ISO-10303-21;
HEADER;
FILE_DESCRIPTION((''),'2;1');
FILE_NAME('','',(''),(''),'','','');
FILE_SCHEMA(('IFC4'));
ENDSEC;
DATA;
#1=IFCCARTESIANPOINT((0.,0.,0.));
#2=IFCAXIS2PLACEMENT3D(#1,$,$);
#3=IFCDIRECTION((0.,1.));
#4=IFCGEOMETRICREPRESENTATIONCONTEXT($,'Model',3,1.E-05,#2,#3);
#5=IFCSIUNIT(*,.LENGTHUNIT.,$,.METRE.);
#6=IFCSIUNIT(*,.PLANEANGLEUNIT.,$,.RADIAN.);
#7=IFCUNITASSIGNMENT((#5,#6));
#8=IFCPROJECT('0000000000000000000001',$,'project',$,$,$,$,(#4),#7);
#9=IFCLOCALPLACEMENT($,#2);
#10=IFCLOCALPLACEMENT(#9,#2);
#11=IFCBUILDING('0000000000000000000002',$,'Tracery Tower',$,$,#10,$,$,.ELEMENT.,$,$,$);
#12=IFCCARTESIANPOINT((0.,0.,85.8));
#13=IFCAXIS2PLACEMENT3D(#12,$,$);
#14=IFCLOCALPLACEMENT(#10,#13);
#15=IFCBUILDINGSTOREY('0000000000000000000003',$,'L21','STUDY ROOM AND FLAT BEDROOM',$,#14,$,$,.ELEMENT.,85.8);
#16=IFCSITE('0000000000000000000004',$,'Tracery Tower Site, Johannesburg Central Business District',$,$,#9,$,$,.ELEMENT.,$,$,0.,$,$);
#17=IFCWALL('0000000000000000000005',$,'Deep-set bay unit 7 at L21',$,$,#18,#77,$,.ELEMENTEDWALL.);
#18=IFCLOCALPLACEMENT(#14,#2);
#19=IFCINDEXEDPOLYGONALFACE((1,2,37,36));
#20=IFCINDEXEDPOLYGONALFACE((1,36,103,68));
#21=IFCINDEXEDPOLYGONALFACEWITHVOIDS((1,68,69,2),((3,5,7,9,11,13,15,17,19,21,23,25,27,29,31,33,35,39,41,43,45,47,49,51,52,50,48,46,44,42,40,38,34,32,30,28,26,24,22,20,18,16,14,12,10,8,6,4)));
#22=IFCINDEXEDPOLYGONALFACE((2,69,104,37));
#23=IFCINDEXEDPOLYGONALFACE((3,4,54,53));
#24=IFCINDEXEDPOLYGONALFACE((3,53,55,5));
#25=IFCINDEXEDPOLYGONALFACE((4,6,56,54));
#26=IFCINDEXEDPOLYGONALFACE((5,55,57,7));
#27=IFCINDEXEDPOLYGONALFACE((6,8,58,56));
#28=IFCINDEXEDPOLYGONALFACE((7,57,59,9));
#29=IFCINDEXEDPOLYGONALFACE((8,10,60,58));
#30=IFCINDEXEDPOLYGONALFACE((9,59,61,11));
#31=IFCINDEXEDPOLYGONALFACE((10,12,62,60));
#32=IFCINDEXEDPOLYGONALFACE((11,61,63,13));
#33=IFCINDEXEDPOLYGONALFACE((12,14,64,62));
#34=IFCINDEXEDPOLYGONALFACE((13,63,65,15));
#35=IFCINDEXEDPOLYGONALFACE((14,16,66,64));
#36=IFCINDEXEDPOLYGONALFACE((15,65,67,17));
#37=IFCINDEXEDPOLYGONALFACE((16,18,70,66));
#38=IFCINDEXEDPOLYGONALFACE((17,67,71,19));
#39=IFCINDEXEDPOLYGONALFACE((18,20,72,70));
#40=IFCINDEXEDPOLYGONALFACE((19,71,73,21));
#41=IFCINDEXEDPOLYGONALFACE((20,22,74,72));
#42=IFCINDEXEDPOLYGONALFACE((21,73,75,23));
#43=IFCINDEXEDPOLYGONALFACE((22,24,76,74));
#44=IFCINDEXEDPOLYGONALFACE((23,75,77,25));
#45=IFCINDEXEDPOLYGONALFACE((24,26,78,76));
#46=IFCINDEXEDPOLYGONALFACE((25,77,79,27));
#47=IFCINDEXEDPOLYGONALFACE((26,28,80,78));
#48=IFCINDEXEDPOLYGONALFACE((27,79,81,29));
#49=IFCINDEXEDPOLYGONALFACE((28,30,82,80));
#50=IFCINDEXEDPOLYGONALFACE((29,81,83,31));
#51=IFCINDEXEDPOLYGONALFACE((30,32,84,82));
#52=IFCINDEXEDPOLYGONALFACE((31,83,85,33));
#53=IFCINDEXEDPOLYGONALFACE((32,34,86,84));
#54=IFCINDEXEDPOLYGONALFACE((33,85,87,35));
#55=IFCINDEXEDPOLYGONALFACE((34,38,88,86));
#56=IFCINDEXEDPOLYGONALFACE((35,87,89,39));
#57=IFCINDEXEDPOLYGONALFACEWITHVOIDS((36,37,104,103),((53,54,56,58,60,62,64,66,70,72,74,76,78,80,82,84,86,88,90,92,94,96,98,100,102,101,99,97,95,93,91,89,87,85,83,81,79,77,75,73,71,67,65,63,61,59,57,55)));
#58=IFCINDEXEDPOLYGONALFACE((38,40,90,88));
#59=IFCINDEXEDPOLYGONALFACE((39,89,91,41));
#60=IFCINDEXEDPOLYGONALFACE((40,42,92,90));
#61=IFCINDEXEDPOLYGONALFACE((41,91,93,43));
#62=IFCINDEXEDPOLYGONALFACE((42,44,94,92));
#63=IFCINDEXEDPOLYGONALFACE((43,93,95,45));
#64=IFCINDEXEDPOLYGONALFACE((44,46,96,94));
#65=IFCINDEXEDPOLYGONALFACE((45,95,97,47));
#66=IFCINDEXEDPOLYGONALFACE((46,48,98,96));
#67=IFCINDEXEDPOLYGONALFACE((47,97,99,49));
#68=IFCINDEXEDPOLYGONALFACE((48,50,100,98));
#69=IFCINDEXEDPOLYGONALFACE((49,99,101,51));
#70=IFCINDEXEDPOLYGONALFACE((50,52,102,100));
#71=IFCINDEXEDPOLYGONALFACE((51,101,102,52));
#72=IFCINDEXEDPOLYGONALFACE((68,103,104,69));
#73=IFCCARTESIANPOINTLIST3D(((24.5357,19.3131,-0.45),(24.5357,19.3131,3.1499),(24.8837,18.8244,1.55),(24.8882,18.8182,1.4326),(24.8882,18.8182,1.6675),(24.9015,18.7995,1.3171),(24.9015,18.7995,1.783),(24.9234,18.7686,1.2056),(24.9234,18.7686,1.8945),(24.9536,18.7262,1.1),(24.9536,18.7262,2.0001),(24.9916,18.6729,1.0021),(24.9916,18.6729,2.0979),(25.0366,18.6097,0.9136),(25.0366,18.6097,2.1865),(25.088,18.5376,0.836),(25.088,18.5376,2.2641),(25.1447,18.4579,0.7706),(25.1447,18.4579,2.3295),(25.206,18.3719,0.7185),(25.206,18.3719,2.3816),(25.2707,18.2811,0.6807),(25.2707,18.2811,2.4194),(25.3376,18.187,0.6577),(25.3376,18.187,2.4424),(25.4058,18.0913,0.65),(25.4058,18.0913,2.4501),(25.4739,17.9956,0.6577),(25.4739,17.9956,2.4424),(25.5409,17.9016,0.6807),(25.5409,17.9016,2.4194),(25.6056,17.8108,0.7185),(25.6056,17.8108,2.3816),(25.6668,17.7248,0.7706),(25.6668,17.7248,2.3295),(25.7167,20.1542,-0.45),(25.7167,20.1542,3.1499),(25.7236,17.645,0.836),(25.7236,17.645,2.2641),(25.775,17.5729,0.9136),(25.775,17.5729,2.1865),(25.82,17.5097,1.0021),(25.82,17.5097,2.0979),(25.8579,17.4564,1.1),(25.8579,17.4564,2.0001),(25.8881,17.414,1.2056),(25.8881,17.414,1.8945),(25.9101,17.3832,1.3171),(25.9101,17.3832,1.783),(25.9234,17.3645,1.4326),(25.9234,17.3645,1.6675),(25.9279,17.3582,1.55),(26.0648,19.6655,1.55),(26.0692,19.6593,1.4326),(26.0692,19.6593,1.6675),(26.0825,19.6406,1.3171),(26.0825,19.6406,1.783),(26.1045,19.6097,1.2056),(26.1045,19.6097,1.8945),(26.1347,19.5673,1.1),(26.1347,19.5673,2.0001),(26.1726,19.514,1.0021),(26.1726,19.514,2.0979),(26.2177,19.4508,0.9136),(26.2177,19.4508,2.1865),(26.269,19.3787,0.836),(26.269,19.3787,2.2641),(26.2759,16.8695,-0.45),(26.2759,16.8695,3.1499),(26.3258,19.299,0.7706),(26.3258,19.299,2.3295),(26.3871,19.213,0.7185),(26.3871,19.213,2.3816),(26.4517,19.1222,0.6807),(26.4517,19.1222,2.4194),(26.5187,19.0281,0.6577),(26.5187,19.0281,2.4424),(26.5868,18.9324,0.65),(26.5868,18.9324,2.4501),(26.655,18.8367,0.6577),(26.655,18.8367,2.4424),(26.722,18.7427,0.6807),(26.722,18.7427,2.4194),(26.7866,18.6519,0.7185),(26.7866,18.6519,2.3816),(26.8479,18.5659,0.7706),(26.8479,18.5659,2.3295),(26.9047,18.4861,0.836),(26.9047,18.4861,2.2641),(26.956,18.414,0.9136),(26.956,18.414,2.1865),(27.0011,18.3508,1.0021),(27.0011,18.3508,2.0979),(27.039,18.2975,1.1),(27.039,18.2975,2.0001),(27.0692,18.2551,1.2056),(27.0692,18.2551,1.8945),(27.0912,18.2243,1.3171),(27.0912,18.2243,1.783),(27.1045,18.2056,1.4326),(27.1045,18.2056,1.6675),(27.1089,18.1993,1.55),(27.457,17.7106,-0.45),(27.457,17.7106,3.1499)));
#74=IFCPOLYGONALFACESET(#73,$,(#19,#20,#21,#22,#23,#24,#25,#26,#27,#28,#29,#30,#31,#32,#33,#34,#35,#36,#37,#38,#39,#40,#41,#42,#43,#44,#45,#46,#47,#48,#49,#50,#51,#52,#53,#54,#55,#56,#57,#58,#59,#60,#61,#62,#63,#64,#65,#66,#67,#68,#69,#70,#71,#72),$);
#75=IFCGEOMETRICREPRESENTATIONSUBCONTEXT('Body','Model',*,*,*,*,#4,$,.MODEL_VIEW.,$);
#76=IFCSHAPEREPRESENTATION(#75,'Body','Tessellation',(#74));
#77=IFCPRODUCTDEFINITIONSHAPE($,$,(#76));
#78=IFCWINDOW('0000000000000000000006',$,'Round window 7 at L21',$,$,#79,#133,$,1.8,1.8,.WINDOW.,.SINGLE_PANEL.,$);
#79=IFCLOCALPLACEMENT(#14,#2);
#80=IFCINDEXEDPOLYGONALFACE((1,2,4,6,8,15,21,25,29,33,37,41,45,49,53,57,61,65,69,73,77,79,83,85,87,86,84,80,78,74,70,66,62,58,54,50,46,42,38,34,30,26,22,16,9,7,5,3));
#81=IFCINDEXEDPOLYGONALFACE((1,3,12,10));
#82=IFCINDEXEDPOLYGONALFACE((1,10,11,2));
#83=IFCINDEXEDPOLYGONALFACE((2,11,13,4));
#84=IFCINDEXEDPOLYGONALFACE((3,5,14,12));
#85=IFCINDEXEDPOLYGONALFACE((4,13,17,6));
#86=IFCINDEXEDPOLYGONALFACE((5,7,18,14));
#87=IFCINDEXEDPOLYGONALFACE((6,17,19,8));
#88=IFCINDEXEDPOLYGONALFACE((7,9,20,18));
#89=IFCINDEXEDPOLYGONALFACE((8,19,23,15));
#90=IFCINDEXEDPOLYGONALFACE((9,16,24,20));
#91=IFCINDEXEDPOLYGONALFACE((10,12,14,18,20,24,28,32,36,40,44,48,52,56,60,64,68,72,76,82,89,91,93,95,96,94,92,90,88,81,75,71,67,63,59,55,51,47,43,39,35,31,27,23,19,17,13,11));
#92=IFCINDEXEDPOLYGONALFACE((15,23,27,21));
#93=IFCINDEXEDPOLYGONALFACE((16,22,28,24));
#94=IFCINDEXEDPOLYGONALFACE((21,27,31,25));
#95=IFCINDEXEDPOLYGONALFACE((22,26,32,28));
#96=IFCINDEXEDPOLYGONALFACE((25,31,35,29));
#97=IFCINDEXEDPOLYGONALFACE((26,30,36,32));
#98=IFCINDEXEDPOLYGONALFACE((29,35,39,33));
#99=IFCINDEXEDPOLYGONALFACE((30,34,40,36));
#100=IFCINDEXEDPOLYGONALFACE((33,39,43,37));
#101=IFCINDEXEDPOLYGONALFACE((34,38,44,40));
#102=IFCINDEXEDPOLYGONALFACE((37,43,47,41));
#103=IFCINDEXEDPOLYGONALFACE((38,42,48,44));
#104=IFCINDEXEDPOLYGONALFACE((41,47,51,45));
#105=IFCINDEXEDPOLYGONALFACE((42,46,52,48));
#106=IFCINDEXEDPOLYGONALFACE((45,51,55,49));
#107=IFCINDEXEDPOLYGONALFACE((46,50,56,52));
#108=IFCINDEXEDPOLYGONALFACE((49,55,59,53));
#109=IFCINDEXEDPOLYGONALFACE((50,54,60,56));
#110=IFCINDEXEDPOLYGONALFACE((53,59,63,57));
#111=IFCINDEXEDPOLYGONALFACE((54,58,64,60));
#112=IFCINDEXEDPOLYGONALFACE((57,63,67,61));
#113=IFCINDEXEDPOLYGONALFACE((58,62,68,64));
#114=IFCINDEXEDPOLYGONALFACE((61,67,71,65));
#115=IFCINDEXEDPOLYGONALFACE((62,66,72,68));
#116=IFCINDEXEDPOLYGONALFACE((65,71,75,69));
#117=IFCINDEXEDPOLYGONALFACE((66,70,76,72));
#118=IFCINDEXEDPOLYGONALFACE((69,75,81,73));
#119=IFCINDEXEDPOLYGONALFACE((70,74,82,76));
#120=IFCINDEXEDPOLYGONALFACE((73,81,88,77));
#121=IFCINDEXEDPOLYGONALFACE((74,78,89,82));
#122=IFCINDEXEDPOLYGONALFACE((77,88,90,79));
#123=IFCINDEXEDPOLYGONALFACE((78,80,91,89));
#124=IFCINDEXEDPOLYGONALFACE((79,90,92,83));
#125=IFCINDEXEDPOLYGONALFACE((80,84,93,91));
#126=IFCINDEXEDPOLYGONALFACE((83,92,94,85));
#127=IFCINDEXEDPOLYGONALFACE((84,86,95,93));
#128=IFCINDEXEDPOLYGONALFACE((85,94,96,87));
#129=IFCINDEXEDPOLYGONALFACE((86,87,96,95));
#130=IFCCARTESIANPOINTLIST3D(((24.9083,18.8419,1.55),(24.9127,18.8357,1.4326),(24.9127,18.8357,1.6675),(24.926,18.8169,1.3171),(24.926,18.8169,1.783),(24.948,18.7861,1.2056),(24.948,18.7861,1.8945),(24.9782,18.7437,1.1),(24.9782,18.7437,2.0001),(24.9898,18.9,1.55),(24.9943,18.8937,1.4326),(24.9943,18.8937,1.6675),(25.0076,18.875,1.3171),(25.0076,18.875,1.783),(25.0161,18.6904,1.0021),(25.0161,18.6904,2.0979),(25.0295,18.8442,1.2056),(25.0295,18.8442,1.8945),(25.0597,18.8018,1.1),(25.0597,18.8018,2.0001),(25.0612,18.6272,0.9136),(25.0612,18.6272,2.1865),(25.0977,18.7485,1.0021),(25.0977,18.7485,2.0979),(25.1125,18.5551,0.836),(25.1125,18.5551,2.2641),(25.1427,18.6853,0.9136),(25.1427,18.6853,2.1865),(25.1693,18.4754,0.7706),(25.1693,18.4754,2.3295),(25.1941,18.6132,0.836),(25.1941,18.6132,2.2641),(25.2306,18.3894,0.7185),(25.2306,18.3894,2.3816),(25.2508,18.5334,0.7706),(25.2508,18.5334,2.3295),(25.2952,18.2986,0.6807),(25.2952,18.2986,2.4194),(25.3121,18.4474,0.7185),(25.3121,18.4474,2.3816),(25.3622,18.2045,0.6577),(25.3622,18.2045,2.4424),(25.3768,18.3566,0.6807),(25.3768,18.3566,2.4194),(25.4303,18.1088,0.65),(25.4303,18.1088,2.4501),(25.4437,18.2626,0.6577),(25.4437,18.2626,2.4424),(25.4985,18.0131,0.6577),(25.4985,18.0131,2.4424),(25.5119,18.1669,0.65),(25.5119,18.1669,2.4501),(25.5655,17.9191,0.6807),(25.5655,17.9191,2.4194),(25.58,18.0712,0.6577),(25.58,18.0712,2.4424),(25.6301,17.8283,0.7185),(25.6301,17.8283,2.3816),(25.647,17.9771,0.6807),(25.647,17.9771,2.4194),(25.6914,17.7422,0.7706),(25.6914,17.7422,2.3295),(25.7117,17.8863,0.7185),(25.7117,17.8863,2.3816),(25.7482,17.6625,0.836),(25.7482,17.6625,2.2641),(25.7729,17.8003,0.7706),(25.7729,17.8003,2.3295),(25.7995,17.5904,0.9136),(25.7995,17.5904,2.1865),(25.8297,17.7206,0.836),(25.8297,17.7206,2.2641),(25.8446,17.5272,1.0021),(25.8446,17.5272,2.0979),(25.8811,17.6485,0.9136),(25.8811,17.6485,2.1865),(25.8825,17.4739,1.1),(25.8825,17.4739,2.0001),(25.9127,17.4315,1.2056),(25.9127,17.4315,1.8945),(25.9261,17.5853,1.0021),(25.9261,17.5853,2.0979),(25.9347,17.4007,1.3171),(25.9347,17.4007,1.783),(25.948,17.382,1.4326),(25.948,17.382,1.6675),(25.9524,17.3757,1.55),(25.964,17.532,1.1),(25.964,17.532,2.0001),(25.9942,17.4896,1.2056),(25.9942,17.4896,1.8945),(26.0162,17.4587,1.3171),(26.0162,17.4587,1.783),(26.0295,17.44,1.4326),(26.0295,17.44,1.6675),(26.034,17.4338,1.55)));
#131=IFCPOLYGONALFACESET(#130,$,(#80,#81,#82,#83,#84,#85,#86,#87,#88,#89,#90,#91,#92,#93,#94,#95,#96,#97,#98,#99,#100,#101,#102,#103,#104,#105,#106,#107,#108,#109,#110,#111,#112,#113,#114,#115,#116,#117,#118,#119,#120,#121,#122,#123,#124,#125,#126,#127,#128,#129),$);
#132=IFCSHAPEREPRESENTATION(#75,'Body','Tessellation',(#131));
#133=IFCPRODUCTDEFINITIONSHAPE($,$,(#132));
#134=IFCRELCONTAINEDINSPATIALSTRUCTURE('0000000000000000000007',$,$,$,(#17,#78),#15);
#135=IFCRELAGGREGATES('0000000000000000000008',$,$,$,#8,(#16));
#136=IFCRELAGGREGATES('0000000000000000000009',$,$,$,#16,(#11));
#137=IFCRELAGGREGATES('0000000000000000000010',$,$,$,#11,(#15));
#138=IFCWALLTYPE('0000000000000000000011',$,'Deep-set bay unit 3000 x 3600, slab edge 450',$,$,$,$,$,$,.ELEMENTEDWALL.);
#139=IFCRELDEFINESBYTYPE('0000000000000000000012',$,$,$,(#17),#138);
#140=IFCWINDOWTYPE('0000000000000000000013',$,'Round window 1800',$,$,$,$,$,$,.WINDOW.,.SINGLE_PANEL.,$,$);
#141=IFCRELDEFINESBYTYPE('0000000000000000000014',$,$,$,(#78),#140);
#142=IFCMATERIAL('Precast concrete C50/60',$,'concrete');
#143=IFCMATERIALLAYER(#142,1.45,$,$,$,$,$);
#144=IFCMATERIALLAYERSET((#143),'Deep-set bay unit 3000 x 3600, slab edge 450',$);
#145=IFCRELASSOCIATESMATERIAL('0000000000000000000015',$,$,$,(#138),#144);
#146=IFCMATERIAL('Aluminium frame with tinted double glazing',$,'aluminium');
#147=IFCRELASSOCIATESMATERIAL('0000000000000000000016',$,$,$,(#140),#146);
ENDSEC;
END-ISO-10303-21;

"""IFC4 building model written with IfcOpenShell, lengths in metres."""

from ifc_helpers import new_model, si_unit, direction, frame, frame_2d, origin, origin_2d, place, context, subcontext, project, spatial, rectangle, circle, extrude, material, layer, layer_set, type_object, element, fill, save


model = new_model("IFC4")

# Units and contexts
model_context = context("Model", 3, precision=1e-05, world=origin(), true_north=direction((0.0, 1.0)))
body_context = subcontext(model_context, "Body", "Model", "MODEL_VIEW")
ifc_project = project(units=[si_unit("LENGTHUNIT", "METRE"), si_unit("PLANEANGLEUNIT", "RADIAN")], contexts=[model_context])

# Site, building, storey
site_placement = place(None, origin())
site = spatial("IfcSite", under=ifc_project, at=site_placement, Name="Tracery Tower Site, Johannesburg Central Business District", CompositionType="ELEMENT", RefElevation=0.0)
building_placement = place(site_placement, origin())
building = spatial("IfcBuilding", under=site, at=building_placement, Name="Tracery Tower", CompositionType="ELEMENT")
storey_placement = place(building_placement, frame((0.0, 0.0, 85.8)))
storey = spatial("IfcBuildingStorey", under=building, at=storey_placement, Name="L21", Description="STUDY ROOM AND FLAT BEDROOM", CompositionType="ELEMENT", Elevation=85.8)

# Wall, opening, window
ifc_material_1 = material(Name="Precast concrete C50/60", Category="concrete")
ifc_layer_1 = layer(ifc_material_1, 1.45)
ifc_layer_set_1 = layer_set([ifc_layer_1], Name="Deep-set bay unit 3000 x 3600, slab edge 450")
wall_type_1 = type_object("IfcWallType", Name="Deep-set bay unit 3000 x 3600, slab edge 450", PredefinedType="ELEMENTEDWALL", material=ifc_layer_set_1)
wall_1_placement = place(storey_placement, frame((26.8665, 17.29, -0.45), z_axis=(0.0, 0.0, 1.0), x_axis=(-0.580091, 0.814552, 0.0)))
wall_1 = element("IfcWall", 1, at=wall_1_placement, inside=storey, type_object=wall_type_1, Name="Deep-set bay unit 7 at L21", PredefinedType="ELEMENTEDWALL", context=body_context, shape_type="SweptSolid", body=[
    extrude(rectangle(XDim=3.0, YDim=1.45, at=frame_2d((1.5, 0.0))), origin(), (0.0, 0.0, 1.0), 3.5999),
])
opening_1_placement = place(wall_1_placement, frame((1.5, 0.0, 2.0)))
opening_1 = element("IfcOpeningElement", 2, at=opening_1_placement, cuts=wall_1, PredefinedType="OPENING", context=body_context, shape_type="SweptSolid", body=[
    extrude(circle(Radius=0.9, at=origin_2d()), frame((0.0, 0.7349, 0.0), z_axis=(0.0, -1.0, 0.0), x_axis=(1.0, 0.0, 0.0)), (0.0, 0.0, 1.0), 1.47),
])
ifc_material_2 = material(Name="Aluminium frame with tinted double glazing", Category="aluminium")
window_type = type_object("IfcWindowType", Name="Round window 1800", PartitioningType="SINGLE_PANEL", PredefinedType="WINDOW", material=ifc_material_2)
window_1_placement = place(opening_1_placement, origin())
window_1 = element("IfcWindow", 3, at=window_1_placement, inside=storey, type_object=window_type, Name="Round window 7 at L21", OverallHeight=1.8, OverallWidth=1.8, PartitioningType="SINGLE_PANEL", PredefinedType="WINDOW", context=body_context, shape_type="SweptSolid", body=[
    extrude(circle(Radius=0.9, at=origin_2d()), frame((0.0, 0.6948, 0.0), z_axis=(0.0, -1.0, 0.0), x_axis=(1.0, 0.0, 0.0)), (0.0, 0.0, 1.0), 0.1001),
])
fill(opening_1, window_1)

save(model, "model.ifc")
